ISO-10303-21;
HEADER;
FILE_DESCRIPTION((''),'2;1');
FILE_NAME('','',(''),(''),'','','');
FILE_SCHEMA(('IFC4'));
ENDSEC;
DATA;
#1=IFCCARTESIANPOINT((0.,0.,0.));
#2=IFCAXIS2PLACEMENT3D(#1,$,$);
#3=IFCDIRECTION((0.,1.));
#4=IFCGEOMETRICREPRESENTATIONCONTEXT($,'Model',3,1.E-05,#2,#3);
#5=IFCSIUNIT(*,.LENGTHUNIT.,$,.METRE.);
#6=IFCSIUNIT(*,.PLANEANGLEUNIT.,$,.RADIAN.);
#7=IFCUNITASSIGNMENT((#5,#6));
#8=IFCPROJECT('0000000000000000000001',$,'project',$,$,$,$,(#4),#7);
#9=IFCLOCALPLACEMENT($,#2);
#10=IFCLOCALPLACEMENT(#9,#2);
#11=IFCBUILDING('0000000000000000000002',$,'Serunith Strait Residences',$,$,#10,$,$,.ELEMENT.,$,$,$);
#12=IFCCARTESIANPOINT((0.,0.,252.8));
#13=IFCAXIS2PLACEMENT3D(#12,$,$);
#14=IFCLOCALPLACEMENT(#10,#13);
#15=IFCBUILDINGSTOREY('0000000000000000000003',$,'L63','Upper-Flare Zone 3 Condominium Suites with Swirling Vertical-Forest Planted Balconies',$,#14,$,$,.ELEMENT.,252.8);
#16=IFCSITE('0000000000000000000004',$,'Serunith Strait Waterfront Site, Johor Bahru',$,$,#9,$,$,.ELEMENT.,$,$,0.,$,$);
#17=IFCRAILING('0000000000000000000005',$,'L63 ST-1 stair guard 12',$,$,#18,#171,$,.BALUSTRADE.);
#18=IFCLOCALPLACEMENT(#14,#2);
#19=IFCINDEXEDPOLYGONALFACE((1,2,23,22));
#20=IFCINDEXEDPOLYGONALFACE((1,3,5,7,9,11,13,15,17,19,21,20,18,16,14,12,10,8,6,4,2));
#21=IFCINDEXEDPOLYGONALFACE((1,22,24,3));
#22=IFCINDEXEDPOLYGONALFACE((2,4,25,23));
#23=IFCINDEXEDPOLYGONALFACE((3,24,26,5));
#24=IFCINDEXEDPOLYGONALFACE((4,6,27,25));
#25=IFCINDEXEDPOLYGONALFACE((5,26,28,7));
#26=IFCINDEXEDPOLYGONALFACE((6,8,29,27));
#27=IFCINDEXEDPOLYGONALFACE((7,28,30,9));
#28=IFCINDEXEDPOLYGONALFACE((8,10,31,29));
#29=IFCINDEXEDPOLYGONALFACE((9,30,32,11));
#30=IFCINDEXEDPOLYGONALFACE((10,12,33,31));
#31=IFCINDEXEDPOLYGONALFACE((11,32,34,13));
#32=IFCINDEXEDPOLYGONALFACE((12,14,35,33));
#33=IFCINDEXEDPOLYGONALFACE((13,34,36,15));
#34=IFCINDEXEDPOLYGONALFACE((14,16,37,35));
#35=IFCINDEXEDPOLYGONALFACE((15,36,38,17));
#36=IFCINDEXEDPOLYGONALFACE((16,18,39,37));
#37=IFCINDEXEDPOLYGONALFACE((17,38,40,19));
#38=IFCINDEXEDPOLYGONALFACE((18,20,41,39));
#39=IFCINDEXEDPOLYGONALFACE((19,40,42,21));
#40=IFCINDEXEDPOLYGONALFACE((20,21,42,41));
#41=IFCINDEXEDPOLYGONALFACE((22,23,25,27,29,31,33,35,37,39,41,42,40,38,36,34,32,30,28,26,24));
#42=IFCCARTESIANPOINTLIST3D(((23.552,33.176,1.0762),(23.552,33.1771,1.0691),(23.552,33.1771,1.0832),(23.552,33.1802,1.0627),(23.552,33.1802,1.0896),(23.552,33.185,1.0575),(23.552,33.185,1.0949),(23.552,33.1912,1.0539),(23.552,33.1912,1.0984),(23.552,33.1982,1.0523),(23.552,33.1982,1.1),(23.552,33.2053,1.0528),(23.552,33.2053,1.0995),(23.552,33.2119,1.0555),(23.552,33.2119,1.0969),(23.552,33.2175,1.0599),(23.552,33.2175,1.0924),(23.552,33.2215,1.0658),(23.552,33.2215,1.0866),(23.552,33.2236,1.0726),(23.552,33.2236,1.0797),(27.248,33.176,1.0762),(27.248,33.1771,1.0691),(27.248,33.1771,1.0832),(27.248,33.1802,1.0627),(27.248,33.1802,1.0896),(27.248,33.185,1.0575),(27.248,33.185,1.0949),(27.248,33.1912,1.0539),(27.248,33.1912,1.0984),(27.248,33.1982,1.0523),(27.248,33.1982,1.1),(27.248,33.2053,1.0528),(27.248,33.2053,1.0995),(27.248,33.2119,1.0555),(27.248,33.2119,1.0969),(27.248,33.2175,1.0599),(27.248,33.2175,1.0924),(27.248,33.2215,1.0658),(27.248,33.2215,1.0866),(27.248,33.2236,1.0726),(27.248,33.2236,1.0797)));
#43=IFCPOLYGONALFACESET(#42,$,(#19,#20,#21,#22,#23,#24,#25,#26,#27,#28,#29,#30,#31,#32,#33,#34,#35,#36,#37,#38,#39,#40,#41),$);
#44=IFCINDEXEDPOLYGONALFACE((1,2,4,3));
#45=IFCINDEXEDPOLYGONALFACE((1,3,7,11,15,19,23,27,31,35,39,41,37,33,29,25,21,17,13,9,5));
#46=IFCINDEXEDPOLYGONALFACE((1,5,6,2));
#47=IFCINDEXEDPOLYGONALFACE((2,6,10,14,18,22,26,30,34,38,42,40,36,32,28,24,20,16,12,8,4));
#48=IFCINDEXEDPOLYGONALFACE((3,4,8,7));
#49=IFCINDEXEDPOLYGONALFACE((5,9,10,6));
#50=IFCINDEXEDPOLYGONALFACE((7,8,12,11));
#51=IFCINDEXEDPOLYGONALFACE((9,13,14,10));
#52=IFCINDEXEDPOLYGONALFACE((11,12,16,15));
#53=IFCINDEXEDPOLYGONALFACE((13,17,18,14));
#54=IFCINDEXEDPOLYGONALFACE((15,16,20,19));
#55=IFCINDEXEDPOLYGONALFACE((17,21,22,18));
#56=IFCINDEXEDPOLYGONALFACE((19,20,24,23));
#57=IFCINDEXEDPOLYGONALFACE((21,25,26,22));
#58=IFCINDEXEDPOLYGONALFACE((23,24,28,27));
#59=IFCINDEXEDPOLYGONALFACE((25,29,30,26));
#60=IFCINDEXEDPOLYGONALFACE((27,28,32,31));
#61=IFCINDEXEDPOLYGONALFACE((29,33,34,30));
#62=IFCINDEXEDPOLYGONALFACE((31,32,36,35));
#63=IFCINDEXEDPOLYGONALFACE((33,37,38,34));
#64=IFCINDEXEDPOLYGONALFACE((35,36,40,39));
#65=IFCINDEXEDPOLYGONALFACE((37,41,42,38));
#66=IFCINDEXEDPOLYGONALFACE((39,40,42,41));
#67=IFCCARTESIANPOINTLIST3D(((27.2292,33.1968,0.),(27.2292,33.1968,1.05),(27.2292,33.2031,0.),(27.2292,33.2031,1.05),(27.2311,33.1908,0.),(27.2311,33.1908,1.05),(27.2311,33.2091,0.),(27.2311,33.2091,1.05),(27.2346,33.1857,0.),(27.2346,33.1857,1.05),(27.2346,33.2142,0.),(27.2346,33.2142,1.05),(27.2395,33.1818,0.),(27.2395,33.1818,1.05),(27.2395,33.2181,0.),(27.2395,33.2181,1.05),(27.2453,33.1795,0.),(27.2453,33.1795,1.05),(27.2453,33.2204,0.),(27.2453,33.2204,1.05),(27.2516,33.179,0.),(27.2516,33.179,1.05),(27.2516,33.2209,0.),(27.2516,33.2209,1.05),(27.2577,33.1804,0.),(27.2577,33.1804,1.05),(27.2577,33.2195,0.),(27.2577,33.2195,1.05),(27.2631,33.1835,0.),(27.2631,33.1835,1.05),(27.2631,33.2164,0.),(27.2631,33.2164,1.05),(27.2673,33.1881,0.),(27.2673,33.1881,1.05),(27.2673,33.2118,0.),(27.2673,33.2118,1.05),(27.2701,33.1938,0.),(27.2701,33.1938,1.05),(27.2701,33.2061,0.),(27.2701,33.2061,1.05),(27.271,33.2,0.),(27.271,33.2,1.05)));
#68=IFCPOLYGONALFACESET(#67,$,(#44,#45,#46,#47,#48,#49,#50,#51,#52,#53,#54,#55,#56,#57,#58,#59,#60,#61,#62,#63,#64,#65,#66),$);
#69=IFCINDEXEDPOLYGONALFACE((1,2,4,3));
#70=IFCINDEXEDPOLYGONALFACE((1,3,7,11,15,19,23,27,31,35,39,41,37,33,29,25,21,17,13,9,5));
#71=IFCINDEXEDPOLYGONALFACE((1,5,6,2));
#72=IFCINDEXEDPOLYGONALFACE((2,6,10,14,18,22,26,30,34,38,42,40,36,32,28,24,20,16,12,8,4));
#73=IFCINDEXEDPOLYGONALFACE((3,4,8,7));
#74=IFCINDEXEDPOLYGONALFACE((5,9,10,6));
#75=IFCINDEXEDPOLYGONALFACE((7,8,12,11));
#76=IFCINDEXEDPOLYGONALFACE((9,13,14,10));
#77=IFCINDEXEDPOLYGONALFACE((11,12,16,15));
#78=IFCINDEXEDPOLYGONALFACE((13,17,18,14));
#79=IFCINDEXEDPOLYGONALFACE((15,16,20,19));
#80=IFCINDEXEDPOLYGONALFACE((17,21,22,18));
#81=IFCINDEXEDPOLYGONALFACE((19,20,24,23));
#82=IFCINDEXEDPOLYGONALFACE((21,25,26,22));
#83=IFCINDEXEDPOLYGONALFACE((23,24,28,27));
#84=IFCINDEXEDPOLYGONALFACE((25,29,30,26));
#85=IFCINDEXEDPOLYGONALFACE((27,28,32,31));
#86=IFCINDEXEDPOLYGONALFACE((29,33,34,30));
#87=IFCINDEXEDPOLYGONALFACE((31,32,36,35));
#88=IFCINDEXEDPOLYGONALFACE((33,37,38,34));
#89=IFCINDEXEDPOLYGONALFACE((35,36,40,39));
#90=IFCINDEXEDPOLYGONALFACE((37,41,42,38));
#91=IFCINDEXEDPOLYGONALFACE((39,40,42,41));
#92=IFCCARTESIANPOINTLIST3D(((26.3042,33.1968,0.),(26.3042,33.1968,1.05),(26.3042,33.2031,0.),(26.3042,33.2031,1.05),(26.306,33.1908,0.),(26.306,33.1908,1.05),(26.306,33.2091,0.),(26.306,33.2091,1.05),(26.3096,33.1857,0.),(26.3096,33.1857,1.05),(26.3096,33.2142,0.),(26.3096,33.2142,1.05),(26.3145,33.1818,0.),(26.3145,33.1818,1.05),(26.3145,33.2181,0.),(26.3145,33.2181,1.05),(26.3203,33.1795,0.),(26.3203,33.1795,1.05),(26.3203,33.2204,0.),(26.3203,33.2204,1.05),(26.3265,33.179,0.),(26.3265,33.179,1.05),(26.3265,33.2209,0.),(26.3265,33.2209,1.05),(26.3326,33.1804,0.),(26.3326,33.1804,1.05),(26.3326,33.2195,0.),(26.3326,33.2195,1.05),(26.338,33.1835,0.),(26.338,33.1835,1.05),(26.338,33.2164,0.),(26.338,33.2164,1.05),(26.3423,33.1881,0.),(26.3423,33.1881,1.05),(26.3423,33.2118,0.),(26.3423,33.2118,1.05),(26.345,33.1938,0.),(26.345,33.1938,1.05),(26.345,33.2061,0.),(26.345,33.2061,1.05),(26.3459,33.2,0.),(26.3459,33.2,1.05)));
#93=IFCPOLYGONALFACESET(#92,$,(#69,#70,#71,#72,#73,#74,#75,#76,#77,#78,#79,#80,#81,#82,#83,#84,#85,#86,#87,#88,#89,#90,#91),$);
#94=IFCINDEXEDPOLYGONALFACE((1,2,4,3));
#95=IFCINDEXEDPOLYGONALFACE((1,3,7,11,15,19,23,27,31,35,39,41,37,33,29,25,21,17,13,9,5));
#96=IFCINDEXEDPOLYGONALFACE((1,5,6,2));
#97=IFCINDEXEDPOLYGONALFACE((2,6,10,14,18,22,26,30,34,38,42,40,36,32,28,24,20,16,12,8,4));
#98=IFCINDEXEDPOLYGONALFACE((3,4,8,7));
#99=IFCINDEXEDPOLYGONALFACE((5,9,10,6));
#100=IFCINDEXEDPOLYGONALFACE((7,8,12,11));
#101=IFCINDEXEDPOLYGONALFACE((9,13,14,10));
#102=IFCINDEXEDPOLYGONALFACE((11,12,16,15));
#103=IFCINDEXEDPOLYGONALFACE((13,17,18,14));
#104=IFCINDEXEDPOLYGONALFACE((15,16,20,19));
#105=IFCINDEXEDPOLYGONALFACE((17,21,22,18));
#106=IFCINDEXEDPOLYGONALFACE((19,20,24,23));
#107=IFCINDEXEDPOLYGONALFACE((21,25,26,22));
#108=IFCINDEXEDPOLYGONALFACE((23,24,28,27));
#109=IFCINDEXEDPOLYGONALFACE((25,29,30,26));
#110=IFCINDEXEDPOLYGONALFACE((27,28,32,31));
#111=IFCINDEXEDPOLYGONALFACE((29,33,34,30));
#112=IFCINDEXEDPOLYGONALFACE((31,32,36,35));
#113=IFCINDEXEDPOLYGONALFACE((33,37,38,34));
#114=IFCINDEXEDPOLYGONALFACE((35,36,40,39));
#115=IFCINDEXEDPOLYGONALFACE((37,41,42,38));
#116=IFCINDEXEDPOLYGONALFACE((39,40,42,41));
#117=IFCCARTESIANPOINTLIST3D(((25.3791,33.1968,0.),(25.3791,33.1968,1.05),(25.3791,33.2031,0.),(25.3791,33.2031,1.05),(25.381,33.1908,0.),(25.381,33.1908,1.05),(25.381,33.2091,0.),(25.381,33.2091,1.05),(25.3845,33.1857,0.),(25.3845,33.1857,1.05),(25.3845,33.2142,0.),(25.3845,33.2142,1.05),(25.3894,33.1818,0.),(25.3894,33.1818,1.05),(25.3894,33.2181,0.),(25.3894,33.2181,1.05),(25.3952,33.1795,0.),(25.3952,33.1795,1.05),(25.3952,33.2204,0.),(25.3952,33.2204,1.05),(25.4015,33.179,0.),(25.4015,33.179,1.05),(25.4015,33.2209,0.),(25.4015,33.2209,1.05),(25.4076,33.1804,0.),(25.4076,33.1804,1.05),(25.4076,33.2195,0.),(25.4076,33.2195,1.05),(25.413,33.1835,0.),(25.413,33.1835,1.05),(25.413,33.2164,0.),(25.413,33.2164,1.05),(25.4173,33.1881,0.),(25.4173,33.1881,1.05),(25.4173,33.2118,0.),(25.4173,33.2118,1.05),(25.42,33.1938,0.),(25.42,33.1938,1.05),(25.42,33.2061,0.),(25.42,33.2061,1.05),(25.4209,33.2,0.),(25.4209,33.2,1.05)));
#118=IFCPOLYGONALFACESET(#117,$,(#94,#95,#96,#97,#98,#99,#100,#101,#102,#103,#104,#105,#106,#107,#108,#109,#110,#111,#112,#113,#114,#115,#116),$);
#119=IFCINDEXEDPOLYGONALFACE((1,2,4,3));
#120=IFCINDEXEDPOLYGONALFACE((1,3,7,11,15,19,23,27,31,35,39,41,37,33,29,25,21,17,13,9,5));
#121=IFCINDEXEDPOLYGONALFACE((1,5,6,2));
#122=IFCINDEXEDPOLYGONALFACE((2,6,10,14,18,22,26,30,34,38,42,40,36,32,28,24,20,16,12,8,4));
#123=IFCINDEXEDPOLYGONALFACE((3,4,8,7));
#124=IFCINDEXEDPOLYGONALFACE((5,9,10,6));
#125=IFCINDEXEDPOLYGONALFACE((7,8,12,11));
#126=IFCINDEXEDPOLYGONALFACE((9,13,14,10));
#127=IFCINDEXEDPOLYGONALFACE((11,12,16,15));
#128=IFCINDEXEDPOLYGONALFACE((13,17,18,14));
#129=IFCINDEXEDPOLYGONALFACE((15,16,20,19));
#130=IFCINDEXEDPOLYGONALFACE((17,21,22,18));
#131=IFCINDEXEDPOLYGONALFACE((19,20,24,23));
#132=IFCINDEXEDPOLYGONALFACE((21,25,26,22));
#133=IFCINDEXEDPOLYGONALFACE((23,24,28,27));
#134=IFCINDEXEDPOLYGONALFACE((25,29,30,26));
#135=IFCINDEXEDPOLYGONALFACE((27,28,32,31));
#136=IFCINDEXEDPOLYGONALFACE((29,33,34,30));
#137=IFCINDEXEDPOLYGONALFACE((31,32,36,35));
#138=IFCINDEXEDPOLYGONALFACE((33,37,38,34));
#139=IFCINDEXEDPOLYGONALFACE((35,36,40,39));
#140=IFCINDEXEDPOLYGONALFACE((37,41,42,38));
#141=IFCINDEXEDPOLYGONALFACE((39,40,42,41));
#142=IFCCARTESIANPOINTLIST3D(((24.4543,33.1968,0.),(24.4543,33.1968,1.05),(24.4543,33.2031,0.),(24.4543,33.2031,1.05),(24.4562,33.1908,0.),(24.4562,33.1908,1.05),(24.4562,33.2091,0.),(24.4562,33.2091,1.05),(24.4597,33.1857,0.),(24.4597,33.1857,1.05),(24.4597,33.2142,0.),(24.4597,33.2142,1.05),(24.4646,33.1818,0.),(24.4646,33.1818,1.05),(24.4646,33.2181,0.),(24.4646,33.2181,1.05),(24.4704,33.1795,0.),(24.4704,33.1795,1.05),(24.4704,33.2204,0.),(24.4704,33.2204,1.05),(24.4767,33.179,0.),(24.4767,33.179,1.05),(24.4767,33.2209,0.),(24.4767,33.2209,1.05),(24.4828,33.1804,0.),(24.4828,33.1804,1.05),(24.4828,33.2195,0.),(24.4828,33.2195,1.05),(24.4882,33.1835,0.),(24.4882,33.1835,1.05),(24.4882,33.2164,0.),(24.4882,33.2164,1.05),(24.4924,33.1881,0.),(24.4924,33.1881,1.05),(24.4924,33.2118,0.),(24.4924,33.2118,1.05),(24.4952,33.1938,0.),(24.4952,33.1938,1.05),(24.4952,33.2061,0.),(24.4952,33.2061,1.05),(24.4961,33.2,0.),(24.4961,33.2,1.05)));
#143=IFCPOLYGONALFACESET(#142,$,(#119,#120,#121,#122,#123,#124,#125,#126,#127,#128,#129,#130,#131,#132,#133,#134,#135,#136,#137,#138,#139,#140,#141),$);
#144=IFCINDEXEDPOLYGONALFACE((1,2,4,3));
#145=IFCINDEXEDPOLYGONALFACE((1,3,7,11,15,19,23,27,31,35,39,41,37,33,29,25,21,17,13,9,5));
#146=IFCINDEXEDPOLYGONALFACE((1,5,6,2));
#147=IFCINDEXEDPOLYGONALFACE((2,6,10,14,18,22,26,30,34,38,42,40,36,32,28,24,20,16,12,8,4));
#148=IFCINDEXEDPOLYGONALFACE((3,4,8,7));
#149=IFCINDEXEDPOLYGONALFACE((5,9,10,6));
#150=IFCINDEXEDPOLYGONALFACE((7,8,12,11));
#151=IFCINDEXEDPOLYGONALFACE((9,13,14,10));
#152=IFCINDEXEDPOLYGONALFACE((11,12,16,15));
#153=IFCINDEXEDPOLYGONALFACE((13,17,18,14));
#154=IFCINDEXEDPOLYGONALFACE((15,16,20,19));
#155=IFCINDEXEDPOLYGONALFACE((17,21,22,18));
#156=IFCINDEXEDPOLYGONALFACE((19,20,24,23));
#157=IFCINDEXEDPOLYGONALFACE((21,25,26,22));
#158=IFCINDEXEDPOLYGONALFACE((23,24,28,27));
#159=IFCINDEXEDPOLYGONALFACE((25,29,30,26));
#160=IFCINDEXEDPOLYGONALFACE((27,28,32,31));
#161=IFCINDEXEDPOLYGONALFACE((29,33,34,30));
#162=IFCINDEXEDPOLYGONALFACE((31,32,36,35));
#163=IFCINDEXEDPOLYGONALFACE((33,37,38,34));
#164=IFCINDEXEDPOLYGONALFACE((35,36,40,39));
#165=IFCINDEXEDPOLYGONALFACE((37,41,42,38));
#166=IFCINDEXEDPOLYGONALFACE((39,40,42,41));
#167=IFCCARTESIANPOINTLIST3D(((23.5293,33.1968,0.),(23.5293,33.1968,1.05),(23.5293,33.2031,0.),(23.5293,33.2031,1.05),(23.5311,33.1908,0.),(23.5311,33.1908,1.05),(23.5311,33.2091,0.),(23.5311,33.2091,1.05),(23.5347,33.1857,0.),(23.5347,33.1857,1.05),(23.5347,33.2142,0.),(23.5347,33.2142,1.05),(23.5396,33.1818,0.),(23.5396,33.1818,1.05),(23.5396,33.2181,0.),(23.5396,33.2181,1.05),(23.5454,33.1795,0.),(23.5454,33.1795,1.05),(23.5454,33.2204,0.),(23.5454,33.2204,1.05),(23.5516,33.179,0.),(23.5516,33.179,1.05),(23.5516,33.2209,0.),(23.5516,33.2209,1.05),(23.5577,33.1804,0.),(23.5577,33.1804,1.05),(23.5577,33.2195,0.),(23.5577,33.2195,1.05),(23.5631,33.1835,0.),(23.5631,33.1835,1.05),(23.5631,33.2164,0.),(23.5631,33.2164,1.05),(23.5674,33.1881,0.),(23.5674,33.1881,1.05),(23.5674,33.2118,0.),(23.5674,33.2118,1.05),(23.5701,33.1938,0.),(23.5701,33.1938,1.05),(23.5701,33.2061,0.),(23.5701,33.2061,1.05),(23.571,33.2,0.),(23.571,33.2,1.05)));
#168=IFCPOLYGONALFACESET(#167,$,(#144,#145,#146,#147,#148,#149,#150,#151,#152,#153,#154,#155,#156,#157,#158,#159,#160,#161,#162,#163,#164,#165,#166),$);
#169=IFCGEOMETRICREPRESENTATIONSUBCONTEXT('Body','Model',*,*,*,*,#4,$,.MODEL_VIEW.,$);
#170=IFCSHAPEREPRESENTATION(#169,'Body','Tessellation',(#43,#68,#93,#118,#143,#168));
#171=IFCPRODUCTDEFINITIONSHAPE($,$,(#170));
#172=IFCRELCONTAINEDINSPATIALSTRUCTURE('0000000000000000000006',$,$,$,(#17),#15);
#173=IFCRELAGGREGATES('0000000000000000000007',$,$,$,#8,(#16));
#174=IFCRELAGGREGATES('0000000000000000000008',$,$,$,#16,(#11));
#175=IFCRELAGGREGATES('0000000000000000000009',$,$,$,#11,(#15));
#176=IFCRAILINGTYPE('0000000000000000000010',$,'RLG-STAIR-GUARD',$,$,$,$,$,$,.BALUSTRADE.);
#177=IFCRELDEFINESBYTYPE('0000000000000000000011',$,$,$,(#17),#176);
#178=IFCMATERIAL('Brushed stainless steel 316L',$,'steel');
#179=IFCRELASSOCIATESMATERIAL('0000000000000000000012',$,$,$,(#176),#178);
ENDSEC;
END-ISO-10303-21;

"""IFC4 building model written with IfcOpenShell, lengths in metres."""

from ifc_helpers import new_model, si_unit, direction, frame, origin, origin_2d, place, context, subcontext, project, spatial, circle, extrude, material, type_object, element, save


model = new_model("IFC4")

# Units and contexts
model_context = context("Model", 3, precision=1e-05, world=origin(), true_north=direction((0.0, 1.0)))
body_context = subcontext(model_context, "Body", "Model", "MODEL_VIEW")
ifc_project = project(units=[si_unit("LENGTHUNIT", "METRE"), si_unit("PLANEANGLEUNIT", "RADIAN")], contexts=[model_context])

# Site, building, storey
site_placement = place(None, origin())
site = spatial("IfcSite", under=ifc_project, at=site_placement, Name="Serunith Strait Waterfront Site, Johor Bahru", CompositionType="ELEMENT", RefElevation=0.0)
building_placement = place(site_placement, origin())
building = spatial("IfcBuilding", under=site, at=building_placement, Name="Serunith Strait Residences", CompositionType="ELEMENT")
storey_placement = place(building_placement, frame((0.0, 0.0, 252.8)))
storey = spatial("IfcBuildingStorey", under=building, at=storey_placement, Name="L63", Description="Upper-Flare Zone 3 Condominium Suites with Swirling Vertical-Forest Planted Balconies", CompositionType="ELEMENT", Elevation=252.8)

# Railing
ifc_material_1 = material(Name="Brushed stainless steel 316L", Category="steel")
railing_type_1 = type_object("IfcRailingType", Name="RLG-STAIR-GUARD", PredefinedType="BALUSTRADE", material=ifc_material_1)
railing_1_placement = place(storey_placement, frame((27.25, 33.2, 0.0)))
element("IfcRailing", 1, at=railing_1_placement, inside=storey, type_object=railing_type_1, Name="L63 ST-1 stair guard 12", PredefinedType="BALUSTRADE", context=body_context, shape_type="SweptSolid", body=[
    extrude(circle(Radius=0.0239, at=origin_2d()), frame((-0.002, 0.0, 1.0762), z_axis=(-1.0, 0.0, 0.0), x_axis=(0.0, -1.0, 0.0)), (0.0, 0.0, 1.0), 3.696),
    extrude(circle(Radius=0.021, at=origin_2d()), origin(), (0.0, 0.0, 1.0), 1.05),
    extrude(circle(Radius=0.021, at=origin_2d()), frame((-0.925, 0.0, 0.0)), (0.0, 0.0, 1.0), 1.05),
    extrude(circle(Radius=0.021, at=origin_2d()), frame((-1.8501, 0.0, 0.0)), (0.0, 0.0, 1.0), 1.05),
    extrude(circle(Radius=0.021, at=origin_2d()), frame((-2.7749, 0.0, 0.0)), (0.0, 0.0, 1.0), 1.05),
    extrude(circle(Radius=0.021, at=origin_2d()), frame((-3.7, 0.0, 0.0)), (0.0, 0.0, 1.0), 1.05),
])

save(model, "model.ifc")
